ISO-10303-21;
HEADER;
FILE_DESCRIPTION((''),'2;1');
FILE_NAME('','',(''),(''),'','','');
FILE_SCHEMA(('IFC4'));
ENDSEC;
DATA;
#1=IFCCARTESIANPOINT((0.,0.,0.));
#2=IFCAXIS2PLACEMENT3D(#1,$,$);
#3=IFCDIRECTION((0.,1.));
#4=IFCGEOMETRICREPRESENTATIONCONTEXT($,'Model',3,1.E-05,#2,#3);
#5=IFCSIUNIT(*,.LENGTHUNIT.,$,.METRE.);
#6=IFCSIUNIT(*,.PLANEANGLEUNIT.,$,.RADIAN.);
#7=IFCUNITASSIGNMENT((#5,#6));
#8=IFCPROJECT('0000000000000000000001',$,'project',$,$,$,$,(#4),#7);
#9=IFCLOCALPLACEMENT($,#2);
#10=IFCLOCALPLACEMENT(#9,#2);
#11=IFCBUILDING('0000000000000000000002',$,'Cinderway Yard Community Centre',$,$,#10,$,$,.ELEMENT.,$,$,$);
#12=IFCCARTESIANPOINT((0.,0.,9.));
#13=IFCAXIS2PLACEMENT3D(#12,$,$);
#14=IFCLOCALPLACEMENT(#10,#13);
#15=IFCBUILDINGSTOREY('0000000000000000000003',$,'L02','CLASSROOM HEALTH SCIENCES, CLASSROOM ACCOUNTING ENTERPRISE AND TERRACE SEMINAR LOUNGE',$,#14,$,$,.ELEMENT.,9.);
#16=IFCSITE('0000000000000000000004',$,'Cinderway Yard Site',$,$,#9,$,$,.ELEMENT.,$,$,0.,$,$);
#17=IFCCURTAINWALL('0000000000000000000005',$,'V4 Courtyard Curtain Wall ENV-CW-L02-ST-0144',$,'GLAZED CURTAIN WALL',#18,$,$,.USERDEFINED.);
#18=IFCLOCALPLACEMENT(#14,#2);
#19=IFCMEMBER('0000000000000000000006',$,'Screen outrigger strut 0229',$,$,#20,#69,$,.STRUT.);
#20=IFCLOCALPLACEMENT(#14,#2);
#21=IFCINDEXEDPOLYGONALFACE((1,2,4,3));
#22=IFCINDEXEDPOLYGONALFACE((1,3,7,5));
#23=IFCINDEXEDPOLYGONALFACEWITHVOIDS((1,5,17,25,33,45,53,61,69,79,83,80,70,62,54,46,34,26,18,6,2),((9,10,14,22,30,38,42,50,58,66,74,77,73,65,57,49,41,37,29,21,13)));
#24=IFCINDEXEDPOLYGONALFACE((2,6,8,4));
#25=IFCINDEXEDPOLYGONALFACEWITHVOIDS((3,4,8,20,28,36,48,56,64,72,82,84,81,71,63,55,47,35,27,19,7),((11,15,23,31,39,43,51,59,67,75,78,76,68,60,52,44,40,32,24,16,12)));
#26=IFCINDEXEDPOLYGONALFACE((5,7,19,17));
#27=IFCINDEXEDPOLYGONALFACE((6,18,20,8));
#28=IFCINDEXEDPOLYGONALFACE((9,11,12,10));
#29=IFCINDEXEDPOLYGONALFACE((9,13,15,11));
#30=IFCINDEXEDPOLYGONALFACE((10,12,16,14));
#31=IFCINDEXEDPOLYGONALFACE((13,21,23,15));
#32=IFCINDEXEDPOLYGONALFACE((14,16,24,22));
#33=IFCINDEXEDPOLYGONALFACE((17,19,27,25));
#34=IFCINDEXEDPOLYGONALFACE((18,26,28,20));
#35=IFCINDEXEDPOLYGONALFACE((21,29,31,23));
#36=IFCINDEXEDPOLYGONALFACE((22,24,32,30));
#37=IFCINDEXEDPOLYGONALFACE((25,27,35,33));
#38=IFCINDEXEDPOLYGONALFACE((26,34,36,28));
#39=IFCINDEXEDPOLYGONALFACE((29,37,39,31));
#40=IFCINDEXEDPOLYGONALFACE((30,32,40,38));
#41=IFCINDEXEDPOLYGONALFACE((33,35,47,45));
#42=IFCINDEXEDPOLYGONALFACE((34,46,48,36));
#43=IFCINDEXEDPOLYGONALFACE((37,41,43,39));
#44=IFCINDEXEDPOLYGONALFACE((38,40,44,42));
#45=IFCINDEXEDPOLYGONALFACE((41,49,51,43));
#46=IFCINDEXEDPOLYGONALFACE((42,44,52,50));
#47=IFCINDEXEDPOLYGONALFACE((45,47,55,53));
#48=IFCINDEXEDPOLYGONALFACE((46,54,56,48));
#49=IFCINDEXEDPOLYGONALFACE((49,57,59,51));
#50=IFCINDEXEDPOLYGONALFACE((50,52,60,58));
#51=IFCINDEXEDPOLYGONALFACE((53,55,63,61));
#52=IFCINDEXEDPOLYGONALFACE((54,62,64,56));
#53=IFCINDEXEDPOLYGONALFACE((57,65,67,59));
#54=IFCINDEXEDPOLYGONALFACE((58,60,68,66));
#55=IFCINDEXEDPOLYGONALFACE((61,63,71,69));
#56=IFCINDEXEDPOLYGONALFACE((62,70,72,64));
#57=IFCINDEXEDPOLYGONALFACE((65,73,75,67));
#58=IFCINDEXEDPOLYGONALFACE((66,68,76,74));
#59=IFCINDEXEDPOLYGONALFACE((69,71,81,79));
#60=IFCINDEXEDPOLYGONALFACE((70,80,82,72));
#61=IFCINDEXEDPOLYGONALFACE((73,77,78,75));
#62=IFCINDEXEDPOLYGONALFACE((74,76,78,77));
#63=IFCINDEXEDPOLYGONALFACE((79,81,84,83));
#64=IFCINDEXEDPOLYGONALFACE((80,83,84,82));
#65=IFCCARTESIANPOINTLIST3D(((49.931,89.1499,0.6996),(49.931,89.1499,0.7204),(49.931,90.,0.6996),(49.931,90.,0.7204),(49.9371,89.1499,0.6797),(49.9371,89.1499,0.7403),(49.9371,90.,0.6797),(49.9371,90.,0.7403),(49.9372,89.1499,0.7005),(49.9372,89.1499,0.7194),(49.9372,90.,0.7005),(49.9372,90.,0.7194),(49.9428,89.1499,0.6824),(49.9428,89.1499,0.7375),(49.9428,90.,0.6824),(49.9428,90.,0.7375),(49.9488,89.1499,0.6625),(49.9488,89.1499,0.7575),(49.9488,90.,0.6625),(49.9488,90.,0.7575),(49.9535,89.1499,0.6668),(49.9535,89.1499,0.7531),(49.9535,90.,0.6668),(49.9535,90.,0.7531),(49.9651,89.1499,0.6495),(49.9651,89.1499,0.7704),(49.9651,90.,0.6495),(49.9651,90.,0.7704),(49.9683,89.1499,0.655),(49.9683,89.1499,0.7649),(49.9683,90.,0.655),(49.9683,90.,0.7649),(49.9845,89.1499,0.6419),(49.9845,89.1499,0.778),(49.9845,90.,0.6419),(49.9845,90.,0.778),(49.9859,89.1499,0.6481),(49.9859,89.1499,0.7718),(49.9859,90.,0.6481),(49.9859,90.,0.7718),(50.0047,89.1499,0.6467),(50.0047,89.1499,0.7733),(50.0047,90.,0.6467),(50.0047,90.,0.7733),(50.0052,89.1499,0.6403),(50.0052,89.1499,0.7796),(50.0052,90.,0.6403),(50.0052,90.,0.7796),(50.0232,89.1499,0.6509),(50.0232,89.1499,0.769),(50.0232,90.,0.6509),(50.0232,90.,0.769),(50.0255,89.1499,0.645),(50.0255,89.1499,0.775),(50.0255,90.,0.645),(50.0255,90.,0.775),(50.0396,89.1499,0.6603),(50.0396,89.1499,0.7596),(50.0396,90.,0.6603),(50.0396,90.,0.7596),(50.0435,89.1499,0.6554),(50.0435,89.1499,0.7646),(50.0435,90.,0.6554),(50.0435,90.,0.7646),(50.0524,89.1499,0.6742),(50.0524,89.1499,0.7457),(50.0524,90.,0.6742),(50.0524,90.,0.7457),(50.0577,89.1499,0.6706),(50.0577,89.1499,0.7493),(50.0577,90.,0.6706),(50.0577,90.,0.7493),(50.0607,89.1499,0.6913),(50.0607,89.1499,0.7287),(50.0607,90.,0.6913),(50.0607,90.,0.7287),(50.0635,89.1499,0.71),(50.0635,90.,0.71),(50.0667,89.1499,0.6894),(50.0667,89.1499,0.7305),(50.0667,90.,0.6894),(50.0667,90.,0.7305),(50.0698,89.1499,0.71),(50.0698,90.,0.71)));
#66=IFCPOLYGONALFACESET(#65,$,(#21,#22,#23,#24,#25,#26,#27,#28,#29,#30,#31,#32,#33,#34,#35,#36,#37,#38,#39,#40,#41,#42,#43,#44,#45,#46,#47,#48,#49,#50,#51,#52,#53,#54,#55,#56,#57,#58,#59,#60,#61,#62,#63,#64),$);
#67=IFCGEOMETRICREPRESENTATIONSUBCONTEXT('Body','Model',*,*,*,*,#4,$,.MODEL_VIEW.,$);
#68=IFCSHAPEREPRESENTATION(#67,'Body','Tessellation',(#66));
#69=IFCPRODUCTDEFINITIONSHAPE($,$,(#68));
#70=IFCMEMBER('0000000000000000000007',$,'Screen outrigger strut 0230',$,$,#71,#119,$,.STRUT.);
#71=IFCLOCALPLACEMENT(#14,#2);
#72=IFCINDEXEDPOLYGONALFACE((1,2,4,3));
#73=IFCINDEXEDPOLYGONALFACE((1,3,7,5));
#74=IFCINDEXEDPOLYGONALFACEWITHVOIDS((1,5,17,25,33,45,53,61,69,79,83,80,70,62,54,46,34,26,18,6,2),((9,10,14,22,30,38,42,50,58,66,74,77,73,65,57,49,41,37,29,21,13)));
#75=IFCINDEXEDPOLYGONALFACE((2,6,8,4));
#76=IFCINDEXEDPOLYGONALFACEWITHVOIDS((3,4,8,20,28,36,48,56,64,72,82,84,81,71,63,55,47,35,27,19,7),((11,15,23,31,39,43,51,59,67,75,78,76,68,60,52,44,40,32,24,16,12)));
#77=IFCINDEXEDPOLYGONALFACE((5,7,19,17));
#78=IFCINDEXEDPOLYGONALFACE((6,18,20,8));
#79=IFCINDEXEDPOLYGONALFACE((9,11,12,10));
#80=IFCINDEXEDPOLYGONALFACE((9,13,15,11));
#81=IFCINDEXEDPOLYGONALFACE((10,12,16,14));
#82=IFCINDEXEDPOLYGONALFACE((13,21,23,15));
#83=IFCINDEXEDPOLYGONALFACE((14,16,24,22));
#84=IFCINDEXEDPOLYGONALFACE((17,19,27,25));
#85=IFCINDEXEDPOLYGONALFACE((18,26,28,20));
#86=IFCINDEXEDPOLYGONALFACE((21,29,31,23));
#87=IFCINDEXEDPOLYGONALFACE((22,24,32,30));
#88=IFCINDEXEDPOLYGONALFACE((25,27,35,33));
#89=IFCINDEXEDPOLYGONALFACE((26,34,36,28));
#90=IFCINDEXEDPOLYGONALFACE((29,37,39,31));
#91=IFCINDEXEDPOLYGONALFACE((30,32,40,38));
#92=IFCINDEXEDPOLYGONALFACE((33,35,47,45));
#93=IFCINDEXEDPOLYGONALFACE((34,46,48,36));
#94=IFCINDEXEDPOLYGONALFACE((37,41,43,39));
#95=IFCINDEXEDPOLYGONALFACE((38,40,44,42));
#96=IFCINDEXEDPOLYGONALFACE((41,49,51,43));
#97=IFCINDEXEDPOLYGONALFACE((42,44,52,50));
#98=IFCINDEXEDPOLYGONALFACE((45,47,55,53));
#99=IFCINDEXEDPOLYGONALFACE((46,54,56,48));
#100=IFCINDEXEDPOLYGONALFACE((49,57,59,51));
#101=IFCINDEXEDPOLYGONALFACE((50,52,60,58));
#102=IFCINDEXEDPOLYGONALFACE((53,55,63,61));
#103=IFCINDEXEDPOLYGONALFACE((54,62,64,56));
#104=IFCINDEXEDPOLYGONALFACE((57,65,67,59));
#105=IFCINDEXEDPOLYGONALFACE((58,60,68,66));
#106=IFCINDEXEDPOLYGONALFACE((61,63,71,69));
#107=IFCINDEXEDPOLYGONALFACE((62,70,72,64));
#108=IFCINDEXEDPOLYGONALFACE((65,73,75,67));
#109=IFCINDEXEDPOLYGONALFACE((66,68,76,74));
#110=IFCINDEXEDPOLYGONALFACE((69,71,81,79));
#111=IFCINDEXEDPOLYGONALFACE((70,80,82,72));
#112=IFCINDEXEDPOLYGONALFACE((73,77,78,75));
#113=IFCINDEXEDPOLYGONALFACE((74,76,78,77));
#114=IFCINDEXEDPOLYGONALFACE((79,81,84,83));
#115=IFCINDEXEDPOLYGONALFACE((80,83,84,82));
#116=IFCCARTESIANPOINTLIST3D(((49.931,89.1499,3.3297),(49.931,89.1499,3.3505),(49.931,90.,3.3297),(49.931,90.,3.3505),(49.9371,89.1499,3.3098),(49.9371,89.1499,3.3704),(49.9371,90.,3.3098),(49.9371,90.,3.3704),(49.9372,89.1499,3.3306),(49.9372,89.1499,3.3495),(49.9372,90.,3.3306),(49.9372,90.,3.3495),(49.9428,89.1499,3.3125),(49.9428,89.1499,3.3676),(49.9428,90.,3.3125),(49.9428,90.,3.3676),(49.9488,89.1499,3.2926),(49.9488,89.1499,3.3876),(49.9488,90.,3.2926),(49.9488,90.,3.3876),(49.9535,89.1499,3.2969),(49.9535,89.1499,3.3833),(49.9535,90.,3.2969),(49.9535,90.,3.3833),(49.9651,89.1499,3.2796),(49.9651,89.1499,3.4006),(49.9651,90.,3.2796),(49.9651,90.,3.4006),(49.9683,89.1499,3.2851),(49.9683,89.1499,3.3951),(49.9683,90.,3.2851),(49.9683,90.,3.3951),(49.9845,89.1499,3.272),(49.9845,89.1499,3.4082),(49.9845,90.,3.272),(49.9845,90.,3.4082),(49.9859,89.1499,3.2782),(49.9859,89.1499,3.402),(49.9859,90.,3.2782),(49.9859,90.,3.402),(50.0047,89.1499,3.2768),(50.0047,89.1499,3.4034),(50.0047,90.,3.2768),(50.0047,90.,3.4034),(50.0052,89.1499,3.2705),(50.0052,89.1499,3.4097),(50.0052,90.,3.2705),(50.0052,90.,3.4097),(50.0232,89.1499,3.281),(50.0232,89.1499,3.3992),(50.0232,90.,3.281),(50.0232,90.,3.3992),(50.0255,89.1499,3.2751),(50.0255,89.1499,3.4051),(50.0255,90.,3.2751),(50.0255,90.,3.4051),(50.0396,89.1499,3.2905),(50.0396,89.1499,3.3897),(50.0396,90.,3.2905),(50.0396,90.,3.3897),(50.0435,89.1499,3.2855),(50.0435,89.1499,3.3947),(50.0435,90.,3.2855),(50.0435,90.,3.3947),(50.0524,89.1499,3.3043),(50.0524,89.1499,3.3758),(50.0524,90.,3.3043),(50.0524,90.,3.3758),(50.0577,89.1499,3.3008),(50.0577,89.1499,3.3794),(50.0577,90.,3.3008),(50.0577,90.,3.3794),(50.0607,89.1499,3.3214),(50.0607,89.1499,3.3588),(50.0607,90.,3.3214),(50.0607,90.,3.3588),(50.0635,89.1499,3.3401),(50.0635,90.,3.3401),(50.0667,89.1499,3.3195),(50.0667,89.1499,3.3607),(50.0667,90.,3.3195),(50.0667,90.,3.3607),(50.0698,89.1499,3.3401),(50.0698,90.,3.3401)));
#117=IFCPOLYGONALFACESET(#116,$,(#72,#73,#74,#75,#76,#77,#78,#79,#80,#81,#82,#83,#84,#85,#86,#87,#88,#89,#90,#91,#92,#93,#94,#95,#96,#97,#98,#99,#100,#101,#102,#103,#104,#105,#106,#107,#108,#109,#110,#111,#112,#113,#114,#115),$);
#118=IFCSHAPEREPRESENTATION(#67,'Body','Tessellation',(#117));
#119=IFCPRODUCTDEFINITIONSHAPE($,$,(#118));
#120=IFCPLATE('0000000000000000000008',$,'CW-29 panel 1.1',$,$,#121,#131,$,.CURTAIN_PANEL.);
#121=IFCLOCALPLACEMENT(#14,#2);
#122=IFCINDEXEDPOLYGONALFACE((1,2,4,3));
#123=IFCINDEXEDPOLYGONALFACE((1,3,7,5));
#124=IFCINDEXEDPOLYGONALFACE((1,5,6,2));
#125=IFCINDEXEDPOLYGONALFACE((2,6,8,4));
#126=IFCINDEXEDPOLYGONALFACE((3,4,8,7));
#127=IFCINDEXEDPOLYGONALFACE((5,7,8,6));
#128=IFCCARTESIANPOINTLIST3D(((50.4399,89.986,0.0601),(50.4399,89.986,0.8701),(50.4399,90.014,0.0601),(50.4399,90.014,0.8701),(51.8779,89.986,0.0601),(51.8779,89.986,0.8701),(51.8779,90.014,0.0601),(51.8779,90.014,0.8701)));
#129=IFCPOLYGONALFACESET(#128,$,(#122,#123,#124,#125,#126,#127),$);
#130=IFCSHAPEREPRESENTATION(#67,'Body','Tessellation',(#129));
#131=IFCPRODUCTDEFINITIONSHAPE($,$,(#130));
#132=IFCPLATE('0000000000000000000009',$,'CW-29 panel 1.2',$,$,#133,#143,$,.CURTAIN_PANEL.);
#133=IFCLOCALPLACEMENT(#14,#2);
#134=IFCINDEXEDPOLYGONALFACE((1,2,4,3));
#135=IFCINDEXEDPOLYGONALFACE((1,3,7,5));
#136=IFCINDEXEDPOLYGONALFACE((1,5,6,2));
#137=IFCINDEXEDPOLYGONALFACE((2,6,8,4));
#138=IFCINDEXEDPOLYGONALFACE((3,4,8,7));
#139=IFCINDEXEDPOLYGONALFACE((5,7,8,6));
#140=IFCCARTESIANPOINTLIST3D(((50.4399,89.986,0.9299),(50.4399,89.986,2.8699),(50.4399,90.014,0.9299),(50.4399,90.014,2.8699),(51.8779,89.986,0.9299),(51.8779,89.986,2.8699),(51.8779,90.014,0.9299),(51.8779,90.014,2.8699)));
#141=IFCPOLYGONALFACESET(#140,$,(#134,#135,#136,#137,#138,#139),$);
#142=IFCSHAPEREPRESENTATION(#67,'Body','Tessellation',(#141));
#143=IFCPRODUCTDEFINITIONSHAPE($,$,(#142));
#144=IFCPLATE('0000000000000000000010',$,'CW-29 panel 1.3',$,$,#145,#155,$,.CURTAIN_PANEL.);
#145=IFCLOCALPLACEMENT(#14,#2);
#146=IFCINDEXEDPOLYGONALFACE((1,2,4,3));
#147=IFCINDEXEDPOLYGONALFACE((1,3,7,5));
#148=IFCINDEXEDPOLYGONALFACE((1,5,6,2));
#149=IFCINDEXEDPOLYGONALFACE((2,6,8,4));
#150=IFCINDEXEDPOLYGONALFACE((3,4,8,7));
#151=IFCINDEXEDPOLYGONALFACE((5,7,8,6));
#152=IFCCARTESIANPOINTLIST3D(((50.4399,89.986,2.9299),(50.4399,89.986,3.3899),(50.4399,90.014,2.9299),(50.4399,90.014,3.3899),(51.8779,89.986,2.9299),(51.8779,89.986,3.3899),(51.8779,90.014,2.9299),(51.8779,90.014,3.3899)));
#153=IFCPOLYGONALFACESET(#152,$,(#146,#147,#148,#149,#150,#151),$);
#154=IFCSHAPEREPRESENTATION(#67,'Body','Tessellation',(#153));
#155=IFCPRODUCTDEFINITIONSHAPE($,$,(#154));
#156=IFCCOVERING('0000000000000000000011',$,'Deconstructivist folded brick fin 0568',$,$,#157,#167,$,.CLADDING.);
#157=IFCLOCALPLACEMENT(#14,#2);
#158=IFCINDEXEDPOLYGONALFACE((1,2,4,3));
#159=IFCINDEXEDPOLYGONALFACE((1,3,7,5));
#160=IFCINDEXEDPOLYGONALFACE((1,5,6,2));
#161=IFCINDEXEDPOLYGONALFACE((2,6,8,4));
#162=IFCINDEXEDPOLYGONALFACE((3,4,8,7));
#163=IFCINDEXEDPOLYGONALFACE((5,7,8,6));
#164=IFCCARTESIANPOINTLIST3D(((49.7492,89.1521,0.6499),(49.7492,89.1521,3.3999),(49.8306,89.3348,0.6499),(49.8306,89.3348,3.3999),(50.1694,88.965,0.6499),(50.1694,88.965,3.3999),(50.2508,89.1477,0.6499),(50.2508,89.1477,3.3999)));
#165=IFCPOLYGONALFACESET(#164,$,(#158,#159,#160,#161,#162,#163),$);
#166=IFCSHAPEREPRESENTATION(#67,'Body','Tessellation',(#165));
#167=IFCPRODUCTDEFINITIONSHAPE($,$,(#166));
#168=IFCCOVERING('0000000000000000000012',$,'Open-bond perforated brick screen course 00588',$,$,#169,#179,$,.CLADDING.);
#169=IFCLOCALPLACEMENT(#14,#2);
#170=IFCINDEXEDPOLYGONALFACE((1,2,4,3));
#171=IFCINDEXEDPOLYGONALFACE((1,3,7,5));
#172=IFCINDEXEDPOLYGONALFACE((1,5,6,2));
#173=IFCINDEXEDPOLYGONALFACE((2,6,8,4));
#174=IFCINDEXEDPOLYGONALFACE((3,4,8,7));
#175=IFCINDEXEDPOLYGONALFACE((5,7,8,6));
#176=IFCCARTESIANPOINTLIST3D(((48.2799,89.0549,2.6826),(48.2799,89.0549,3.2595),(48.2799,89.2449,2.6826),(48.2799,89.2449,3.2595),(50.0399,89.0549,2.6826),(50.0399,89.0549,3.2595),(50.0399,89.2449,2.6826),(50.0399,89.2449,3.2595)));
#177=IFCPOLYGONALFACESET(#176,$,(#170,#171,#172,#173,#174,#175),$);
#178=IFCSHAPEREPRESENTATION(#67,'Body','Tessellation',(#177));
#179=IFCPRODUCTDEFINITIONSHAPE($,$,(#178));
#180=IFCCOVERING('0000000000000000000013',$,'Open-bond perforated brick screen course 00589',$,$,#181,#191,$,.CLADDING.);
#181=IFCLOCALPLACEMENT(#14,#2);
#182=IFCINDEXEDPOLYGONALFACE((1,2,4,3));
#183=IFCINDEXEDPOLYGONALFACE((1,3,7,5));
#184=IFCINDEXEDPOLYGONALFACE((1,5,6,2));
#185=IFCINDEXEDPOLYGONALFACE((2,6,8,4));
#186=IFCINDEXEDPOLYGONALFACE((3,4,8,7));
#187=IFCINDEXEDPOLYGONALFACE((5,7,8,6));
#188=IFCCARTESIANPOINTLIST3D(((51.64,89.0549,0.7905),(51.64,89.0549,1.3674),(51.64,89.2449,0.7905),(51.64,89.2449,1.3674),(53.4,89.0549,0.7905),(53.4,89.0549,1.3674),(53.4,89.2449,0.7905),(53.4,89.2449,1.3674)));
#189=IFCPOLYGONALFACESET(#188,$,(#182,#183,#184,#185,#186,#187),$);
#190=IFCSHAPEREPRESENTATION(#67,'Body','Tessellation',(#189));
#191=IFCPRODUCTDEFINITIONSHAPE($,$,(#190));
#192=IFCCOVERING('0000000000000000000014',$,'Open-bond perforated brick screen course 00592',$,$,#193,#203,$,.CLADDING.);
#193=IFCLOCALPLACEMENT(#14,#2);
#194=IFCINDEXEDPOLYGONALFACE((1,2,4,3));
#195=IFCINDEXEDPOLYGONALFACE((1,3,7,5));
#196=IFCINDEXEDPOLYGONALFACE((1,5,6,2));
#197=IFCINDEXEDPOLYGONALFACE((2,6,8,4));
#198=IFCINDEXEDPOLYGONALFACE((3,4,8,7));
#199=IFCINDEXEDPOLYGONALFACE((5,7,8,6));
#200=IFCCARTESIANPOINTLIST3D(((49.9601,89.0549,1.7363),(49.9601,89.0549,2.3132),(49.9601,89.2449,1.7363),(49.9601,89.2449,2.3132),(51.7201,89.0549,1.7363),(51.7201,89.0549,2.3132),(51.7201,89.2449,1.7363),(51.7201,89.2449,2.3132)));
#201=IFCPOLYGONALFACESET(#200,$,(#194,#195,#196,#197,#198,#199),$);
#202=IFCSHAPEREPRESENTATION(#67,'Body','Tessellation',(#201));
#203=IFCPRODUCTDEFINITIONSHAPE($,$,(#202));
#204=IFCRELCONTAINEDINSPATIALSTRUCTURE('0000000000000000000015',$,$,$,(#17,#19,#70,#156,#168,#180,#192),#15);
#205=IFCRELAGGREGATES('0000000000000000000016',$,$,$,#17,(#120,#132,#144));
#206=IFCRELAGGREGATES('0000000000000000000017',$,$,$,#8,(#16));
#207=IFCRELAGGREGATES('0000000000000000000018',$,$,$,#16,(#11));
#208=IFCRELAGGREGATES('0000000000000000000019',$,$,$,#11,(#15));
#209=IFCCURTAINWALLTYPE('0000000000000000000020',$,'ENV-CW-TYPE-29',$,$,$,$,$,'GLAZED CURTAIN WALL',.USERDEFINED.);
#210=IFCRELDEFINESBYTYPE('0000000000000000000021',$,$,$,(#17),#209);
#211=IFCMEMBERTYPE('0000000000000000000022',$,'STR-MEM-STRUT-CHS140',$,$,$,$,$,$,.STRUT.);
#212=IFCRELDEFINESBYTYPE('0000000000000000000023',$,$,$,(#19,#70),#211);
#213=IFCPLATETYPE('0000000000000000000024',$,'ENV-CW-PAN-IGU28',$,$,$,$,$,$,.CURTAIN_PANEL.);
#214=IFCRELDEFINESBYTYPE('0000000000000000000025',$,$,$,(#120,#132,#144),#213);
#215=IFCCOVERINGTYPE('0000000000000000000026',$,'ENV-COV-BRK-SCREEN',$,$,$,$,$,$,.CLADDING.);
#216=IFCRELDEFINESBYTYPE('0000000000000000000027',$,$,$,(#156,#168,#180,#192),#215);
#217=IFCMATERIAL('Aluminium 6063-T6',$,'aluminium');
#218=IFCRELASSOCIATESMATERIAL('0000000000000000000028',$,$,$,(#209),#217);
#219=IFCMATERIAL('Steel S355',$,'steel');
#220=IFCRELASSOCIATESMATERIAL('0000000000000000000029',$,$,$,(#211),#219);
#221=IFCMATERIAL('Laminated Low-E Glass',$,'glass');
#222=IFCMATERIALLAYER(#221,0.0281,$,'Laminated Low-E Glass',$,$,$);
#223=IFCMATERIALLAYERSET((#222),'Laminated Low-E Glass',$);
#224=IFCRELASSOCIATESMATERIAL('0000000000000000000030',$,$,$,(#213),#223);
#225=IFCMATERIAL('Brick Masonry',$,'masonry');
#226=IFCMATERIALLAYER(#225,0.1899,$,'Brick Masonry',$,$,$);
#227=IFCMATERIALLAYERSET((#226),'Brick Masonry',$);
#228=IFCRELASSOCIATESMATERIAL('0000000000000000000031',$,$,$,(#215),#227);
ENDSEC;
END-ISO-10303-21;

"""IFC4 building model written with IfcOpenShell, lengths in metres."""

from ifc_helpers import new_model, si_unit, direction, frame, origin, origin_2d, place, context, subcontext, project, spatial, rectangle, hollow_circle, extrude, material, layer, layer_set, material_profile, profile_set, type_object, element, aggregate, save


model = new_model("IFC4")

# Units and contexts
model_context = context("Model", 3, precision=1e-05, world=origin(), true_north=direction((0.0, 1.0)))
body_context = subcontext(model_context, "Body", "Model", "MODEL_VIEW")
ifc_project = project(units=[si_unit("LENGTHUNIT", "METRE"), si_unit("PLANEANGLEUNIT", "RADIAN")], contexts=[model_context])

# Site, building, storey
site_placement = place(None, origin())
site = spatial("IfcSite", under=ifc_project, at=site_placement, Name="Cinderway Yard Site", CompositionType="ELEMENT", RefElevation=0.0)
building_placement = place(site_placement, origin())
building = spatial("IfcBuilding", under=site, at=building_placement, Name="Cinderway Yard Community Centre", CompositionType="ELEMENT")
storey_placement = place(building_placement, frame((0.0, 0.0, 9.0)))
storey = spatial("IfcBuildingStorey", under=building, at=storey_placement, Name="L02", Description="CLASSROOM HEALTH SCIENCES, CLASSROOM ACCOUNTING ENTERPRISE AND TERRACE SEMINAR LOUNGE", CompositionType="ELEMENT", Elevation=9.0)

# Shared definitions
ifc_material_1 = material(Name="Aluminium 6063-T6", Category="aluminium")
curtain_wall_type = type_object("IfcCurtainWallType", Name="ENV-CW-TYPE-29", ElementType="GLAZED CURTAIN WALL", PredefinedType="USERDEFINED", material=ifc_material_1)

# Curtain wall
curtain_wall_1_placement = place(storey_placement, origin())
curtain_wall_1 = element("IfcCurtainWall", 1, at=curtain_wall_1_placement, inside=storey, type_object=curtain_wall_type, Name="V4 Courtyard Curtain Wall ENV-CW-L02-ST-0144", ObjectType="GLAZED CURTAIN WALL", PredefinedType="USERDEFINED")

# Shared definitions
ifc_material_2 = material(Name="Steel S355", Category="steel")

# Members
ifc_material_profile_1 = material_profile(ifc_material_2, hollow_circle(Radius=0.0698, WallThickness=0.0063, at=origin_2d()), Name="Steel S355")
ifc_profile_set_1 = profile_set([ifc_material_profile_1], Name="Steel S355")
member_type_1 = type_object("IfcMemberType", Name="STR-MEM-STRUT-CHS140", PredefinedType="STRUT", material=ifc_profile_set_1)
for number, where, z_axis, x_axis, name in (
    (2, (50.0, 90.0, 0.71), (0.0, -1.0, 0.0), (1.0, 0.0, 0.0), "Screen outrigger strut 0229"),
    (3, (50.0, 90.0, 3.3401), (0.0, -1.0, 0.0), (1.0, 0.0, 0.0), "Screen outrigger strut 0230"),
):
    element("IfcMember", number, at=place(storey_placement, frame(where, z_axis=z_axis, x_axis=x_axis)), inside=storey, type_object=member_type_1, Name=name, PredefinedType="STRUT", context=body_context, shape_type="SweptSolid", body=[
        extrude(hollow_circle(Radius=0.0698, WallThickness=0.0063, at=origin_2d()), origin(), (0.0, 0.0, 1.0), 0.8501),
    ])

# Plates
ifc_material_3 = material(Name="Laminated Low-E Glass", Category="glass")
ifc_layer_1 = layer(ifc_material_3, 0.0281, Name="Laminated Low-E Glass")
ifc_layer_set_1 = layer_set([ifc_layer_1], Name="Laminated Low-E Glass")
plate_type = type_object("IfcPlateType", Name="ENV-CW-PAN-IGU28", PredefinedType="CURTAIN_PANEL", material=ifc_layer_set_1)
plate_1_placement = place(storey_placement, frame((51.1589, 90.0, 0.0601), z_axis=(0.0, 0.0, 1.0), x_axis=(1.0, 0.0, 0.0)))
plate_1 = element("IfcPlate", 4, at=plate_1_placement, type_object=plate_type, Name="CW-29 panel 1.1", PredefinedType="CURTAIN_PANEL", context=body_context, shape_type="SweptSolid", body=[
    extrude(rectangle(XDim=1.438, YDim=0.0281, at=origin_2d()), origin(), (0.0, 0.0, 1.0), 0.8101),
])
plate_2_placement = place(storey_placement, frame((51.1589, 90.0, 0.9299), z_axis=(0.0, 0.0, 1.0), x_axis=(1.0, 0.0, 0.0)))
plate_2 = element("IfcPlate", 5, at=plate_2_placement, type_object=plate_type, Name="CW-29 panel 1.2", PredefinedType="CURTAIN_PANEL", context=body_context, shape_type="SweptSolid", body=[
    extrude(rectangle(XDim=1.438, YDim=0.0281, at=origin_2d()), origin(), (0.0, 0.0, 1.0), 1.9399),
])
plate_3_placement = place(storey_placement, frame((51.1589, 90.0, 2.9299), z_axis=(0.0, 0.0, 1.0), x_axis=(1.0, 0.0, 0.0)))
plate_3 = element("IfcPlate", 6, at=plate_3_placement, type_object=plate_type, Name="CW-29 panel 1.3", PredefinedType="CURTAIN_PANEL", context=body_context, shape_type="SweptSolid", body=[
    extrude(rectangle(XDim=1.438, YDim=0.0281, at=origin_2d()), origin(), (0.0, 0.0, 1.0), 0.46),
])
aggregate(curtain_wall_1, [plate_1, plate_2, plate_3])

# Coverings
ifc_material_4 = material(Name="Brick Masonry", Category="masonry")
ifc_layer_2 = layer(ifc_material_4, 0.1899, Name="Brick Masonry")
ifc_layer_set_2 = layer_set([ifc_layer_2], Name="Brick Masonry")
covering_type = type_object("IfcCoveringType", Name="ENV-COV-BRK-SCREEN", PredefinedType="CLADDING", material=ifc_layer_set_2)
covering_placement = place(storey_placement, frame((50.0, 89.1499, 0.6499), z_axis=(0.0, 0.0, 1.0), x_axis=(-0.913545, 0.406737, 0.0)))
element("IfcCovering", 7, at=covering_placement, inside=storey, type_object=covering_type, Name="Deconstructivist folded brick fin 0568", PredefinedType="CLADDING", context=body_context, shape_type="SweptSolid", body=[
    extrude(rectangle(XDim=0.46, YDim=0.2, at=origin_2d()), origin(), (0.0, 0.0, 1.0), 2.75),
])
for number, where, z_axis, x_axis, name in (
    (8, (49.1599, 89.1499, 2.6826), (0.0, 0.0, 1.0), (-1.0, 0.0, 0.0), "Open-bond perforated brick screen course 00588"),
    (9, (52.52, 89.1499, 0.7905), (0.0, 0.0, 1.0), (-1.0, 0.0, 0.0), "Open-bond perforated brick screen course 00589"),
    (10, (50.8401, 89.1499, 1.7363), (0.0, 0.0, 1.0), (-1.0, 0.0, 0.0), "Open-bond perforated brick screen course 00592"),
):
    element("IfcCovering", number, at=place(storey_placement, frame(where, z_axis=z_axis, x_axis=x_axis)), inside=storey, type_object=covering_type, Name=name, PredefinedType="CLADDING", context=body_context, shape_type="SweptSolid", body=[
        extrude(rectangle(XDim=1.76, YDim=0.1899, at=origin_2d()), origin(), (0.0, 0.0, 1.0), 0.5769),
    ])

save(model, "model.ifc")
